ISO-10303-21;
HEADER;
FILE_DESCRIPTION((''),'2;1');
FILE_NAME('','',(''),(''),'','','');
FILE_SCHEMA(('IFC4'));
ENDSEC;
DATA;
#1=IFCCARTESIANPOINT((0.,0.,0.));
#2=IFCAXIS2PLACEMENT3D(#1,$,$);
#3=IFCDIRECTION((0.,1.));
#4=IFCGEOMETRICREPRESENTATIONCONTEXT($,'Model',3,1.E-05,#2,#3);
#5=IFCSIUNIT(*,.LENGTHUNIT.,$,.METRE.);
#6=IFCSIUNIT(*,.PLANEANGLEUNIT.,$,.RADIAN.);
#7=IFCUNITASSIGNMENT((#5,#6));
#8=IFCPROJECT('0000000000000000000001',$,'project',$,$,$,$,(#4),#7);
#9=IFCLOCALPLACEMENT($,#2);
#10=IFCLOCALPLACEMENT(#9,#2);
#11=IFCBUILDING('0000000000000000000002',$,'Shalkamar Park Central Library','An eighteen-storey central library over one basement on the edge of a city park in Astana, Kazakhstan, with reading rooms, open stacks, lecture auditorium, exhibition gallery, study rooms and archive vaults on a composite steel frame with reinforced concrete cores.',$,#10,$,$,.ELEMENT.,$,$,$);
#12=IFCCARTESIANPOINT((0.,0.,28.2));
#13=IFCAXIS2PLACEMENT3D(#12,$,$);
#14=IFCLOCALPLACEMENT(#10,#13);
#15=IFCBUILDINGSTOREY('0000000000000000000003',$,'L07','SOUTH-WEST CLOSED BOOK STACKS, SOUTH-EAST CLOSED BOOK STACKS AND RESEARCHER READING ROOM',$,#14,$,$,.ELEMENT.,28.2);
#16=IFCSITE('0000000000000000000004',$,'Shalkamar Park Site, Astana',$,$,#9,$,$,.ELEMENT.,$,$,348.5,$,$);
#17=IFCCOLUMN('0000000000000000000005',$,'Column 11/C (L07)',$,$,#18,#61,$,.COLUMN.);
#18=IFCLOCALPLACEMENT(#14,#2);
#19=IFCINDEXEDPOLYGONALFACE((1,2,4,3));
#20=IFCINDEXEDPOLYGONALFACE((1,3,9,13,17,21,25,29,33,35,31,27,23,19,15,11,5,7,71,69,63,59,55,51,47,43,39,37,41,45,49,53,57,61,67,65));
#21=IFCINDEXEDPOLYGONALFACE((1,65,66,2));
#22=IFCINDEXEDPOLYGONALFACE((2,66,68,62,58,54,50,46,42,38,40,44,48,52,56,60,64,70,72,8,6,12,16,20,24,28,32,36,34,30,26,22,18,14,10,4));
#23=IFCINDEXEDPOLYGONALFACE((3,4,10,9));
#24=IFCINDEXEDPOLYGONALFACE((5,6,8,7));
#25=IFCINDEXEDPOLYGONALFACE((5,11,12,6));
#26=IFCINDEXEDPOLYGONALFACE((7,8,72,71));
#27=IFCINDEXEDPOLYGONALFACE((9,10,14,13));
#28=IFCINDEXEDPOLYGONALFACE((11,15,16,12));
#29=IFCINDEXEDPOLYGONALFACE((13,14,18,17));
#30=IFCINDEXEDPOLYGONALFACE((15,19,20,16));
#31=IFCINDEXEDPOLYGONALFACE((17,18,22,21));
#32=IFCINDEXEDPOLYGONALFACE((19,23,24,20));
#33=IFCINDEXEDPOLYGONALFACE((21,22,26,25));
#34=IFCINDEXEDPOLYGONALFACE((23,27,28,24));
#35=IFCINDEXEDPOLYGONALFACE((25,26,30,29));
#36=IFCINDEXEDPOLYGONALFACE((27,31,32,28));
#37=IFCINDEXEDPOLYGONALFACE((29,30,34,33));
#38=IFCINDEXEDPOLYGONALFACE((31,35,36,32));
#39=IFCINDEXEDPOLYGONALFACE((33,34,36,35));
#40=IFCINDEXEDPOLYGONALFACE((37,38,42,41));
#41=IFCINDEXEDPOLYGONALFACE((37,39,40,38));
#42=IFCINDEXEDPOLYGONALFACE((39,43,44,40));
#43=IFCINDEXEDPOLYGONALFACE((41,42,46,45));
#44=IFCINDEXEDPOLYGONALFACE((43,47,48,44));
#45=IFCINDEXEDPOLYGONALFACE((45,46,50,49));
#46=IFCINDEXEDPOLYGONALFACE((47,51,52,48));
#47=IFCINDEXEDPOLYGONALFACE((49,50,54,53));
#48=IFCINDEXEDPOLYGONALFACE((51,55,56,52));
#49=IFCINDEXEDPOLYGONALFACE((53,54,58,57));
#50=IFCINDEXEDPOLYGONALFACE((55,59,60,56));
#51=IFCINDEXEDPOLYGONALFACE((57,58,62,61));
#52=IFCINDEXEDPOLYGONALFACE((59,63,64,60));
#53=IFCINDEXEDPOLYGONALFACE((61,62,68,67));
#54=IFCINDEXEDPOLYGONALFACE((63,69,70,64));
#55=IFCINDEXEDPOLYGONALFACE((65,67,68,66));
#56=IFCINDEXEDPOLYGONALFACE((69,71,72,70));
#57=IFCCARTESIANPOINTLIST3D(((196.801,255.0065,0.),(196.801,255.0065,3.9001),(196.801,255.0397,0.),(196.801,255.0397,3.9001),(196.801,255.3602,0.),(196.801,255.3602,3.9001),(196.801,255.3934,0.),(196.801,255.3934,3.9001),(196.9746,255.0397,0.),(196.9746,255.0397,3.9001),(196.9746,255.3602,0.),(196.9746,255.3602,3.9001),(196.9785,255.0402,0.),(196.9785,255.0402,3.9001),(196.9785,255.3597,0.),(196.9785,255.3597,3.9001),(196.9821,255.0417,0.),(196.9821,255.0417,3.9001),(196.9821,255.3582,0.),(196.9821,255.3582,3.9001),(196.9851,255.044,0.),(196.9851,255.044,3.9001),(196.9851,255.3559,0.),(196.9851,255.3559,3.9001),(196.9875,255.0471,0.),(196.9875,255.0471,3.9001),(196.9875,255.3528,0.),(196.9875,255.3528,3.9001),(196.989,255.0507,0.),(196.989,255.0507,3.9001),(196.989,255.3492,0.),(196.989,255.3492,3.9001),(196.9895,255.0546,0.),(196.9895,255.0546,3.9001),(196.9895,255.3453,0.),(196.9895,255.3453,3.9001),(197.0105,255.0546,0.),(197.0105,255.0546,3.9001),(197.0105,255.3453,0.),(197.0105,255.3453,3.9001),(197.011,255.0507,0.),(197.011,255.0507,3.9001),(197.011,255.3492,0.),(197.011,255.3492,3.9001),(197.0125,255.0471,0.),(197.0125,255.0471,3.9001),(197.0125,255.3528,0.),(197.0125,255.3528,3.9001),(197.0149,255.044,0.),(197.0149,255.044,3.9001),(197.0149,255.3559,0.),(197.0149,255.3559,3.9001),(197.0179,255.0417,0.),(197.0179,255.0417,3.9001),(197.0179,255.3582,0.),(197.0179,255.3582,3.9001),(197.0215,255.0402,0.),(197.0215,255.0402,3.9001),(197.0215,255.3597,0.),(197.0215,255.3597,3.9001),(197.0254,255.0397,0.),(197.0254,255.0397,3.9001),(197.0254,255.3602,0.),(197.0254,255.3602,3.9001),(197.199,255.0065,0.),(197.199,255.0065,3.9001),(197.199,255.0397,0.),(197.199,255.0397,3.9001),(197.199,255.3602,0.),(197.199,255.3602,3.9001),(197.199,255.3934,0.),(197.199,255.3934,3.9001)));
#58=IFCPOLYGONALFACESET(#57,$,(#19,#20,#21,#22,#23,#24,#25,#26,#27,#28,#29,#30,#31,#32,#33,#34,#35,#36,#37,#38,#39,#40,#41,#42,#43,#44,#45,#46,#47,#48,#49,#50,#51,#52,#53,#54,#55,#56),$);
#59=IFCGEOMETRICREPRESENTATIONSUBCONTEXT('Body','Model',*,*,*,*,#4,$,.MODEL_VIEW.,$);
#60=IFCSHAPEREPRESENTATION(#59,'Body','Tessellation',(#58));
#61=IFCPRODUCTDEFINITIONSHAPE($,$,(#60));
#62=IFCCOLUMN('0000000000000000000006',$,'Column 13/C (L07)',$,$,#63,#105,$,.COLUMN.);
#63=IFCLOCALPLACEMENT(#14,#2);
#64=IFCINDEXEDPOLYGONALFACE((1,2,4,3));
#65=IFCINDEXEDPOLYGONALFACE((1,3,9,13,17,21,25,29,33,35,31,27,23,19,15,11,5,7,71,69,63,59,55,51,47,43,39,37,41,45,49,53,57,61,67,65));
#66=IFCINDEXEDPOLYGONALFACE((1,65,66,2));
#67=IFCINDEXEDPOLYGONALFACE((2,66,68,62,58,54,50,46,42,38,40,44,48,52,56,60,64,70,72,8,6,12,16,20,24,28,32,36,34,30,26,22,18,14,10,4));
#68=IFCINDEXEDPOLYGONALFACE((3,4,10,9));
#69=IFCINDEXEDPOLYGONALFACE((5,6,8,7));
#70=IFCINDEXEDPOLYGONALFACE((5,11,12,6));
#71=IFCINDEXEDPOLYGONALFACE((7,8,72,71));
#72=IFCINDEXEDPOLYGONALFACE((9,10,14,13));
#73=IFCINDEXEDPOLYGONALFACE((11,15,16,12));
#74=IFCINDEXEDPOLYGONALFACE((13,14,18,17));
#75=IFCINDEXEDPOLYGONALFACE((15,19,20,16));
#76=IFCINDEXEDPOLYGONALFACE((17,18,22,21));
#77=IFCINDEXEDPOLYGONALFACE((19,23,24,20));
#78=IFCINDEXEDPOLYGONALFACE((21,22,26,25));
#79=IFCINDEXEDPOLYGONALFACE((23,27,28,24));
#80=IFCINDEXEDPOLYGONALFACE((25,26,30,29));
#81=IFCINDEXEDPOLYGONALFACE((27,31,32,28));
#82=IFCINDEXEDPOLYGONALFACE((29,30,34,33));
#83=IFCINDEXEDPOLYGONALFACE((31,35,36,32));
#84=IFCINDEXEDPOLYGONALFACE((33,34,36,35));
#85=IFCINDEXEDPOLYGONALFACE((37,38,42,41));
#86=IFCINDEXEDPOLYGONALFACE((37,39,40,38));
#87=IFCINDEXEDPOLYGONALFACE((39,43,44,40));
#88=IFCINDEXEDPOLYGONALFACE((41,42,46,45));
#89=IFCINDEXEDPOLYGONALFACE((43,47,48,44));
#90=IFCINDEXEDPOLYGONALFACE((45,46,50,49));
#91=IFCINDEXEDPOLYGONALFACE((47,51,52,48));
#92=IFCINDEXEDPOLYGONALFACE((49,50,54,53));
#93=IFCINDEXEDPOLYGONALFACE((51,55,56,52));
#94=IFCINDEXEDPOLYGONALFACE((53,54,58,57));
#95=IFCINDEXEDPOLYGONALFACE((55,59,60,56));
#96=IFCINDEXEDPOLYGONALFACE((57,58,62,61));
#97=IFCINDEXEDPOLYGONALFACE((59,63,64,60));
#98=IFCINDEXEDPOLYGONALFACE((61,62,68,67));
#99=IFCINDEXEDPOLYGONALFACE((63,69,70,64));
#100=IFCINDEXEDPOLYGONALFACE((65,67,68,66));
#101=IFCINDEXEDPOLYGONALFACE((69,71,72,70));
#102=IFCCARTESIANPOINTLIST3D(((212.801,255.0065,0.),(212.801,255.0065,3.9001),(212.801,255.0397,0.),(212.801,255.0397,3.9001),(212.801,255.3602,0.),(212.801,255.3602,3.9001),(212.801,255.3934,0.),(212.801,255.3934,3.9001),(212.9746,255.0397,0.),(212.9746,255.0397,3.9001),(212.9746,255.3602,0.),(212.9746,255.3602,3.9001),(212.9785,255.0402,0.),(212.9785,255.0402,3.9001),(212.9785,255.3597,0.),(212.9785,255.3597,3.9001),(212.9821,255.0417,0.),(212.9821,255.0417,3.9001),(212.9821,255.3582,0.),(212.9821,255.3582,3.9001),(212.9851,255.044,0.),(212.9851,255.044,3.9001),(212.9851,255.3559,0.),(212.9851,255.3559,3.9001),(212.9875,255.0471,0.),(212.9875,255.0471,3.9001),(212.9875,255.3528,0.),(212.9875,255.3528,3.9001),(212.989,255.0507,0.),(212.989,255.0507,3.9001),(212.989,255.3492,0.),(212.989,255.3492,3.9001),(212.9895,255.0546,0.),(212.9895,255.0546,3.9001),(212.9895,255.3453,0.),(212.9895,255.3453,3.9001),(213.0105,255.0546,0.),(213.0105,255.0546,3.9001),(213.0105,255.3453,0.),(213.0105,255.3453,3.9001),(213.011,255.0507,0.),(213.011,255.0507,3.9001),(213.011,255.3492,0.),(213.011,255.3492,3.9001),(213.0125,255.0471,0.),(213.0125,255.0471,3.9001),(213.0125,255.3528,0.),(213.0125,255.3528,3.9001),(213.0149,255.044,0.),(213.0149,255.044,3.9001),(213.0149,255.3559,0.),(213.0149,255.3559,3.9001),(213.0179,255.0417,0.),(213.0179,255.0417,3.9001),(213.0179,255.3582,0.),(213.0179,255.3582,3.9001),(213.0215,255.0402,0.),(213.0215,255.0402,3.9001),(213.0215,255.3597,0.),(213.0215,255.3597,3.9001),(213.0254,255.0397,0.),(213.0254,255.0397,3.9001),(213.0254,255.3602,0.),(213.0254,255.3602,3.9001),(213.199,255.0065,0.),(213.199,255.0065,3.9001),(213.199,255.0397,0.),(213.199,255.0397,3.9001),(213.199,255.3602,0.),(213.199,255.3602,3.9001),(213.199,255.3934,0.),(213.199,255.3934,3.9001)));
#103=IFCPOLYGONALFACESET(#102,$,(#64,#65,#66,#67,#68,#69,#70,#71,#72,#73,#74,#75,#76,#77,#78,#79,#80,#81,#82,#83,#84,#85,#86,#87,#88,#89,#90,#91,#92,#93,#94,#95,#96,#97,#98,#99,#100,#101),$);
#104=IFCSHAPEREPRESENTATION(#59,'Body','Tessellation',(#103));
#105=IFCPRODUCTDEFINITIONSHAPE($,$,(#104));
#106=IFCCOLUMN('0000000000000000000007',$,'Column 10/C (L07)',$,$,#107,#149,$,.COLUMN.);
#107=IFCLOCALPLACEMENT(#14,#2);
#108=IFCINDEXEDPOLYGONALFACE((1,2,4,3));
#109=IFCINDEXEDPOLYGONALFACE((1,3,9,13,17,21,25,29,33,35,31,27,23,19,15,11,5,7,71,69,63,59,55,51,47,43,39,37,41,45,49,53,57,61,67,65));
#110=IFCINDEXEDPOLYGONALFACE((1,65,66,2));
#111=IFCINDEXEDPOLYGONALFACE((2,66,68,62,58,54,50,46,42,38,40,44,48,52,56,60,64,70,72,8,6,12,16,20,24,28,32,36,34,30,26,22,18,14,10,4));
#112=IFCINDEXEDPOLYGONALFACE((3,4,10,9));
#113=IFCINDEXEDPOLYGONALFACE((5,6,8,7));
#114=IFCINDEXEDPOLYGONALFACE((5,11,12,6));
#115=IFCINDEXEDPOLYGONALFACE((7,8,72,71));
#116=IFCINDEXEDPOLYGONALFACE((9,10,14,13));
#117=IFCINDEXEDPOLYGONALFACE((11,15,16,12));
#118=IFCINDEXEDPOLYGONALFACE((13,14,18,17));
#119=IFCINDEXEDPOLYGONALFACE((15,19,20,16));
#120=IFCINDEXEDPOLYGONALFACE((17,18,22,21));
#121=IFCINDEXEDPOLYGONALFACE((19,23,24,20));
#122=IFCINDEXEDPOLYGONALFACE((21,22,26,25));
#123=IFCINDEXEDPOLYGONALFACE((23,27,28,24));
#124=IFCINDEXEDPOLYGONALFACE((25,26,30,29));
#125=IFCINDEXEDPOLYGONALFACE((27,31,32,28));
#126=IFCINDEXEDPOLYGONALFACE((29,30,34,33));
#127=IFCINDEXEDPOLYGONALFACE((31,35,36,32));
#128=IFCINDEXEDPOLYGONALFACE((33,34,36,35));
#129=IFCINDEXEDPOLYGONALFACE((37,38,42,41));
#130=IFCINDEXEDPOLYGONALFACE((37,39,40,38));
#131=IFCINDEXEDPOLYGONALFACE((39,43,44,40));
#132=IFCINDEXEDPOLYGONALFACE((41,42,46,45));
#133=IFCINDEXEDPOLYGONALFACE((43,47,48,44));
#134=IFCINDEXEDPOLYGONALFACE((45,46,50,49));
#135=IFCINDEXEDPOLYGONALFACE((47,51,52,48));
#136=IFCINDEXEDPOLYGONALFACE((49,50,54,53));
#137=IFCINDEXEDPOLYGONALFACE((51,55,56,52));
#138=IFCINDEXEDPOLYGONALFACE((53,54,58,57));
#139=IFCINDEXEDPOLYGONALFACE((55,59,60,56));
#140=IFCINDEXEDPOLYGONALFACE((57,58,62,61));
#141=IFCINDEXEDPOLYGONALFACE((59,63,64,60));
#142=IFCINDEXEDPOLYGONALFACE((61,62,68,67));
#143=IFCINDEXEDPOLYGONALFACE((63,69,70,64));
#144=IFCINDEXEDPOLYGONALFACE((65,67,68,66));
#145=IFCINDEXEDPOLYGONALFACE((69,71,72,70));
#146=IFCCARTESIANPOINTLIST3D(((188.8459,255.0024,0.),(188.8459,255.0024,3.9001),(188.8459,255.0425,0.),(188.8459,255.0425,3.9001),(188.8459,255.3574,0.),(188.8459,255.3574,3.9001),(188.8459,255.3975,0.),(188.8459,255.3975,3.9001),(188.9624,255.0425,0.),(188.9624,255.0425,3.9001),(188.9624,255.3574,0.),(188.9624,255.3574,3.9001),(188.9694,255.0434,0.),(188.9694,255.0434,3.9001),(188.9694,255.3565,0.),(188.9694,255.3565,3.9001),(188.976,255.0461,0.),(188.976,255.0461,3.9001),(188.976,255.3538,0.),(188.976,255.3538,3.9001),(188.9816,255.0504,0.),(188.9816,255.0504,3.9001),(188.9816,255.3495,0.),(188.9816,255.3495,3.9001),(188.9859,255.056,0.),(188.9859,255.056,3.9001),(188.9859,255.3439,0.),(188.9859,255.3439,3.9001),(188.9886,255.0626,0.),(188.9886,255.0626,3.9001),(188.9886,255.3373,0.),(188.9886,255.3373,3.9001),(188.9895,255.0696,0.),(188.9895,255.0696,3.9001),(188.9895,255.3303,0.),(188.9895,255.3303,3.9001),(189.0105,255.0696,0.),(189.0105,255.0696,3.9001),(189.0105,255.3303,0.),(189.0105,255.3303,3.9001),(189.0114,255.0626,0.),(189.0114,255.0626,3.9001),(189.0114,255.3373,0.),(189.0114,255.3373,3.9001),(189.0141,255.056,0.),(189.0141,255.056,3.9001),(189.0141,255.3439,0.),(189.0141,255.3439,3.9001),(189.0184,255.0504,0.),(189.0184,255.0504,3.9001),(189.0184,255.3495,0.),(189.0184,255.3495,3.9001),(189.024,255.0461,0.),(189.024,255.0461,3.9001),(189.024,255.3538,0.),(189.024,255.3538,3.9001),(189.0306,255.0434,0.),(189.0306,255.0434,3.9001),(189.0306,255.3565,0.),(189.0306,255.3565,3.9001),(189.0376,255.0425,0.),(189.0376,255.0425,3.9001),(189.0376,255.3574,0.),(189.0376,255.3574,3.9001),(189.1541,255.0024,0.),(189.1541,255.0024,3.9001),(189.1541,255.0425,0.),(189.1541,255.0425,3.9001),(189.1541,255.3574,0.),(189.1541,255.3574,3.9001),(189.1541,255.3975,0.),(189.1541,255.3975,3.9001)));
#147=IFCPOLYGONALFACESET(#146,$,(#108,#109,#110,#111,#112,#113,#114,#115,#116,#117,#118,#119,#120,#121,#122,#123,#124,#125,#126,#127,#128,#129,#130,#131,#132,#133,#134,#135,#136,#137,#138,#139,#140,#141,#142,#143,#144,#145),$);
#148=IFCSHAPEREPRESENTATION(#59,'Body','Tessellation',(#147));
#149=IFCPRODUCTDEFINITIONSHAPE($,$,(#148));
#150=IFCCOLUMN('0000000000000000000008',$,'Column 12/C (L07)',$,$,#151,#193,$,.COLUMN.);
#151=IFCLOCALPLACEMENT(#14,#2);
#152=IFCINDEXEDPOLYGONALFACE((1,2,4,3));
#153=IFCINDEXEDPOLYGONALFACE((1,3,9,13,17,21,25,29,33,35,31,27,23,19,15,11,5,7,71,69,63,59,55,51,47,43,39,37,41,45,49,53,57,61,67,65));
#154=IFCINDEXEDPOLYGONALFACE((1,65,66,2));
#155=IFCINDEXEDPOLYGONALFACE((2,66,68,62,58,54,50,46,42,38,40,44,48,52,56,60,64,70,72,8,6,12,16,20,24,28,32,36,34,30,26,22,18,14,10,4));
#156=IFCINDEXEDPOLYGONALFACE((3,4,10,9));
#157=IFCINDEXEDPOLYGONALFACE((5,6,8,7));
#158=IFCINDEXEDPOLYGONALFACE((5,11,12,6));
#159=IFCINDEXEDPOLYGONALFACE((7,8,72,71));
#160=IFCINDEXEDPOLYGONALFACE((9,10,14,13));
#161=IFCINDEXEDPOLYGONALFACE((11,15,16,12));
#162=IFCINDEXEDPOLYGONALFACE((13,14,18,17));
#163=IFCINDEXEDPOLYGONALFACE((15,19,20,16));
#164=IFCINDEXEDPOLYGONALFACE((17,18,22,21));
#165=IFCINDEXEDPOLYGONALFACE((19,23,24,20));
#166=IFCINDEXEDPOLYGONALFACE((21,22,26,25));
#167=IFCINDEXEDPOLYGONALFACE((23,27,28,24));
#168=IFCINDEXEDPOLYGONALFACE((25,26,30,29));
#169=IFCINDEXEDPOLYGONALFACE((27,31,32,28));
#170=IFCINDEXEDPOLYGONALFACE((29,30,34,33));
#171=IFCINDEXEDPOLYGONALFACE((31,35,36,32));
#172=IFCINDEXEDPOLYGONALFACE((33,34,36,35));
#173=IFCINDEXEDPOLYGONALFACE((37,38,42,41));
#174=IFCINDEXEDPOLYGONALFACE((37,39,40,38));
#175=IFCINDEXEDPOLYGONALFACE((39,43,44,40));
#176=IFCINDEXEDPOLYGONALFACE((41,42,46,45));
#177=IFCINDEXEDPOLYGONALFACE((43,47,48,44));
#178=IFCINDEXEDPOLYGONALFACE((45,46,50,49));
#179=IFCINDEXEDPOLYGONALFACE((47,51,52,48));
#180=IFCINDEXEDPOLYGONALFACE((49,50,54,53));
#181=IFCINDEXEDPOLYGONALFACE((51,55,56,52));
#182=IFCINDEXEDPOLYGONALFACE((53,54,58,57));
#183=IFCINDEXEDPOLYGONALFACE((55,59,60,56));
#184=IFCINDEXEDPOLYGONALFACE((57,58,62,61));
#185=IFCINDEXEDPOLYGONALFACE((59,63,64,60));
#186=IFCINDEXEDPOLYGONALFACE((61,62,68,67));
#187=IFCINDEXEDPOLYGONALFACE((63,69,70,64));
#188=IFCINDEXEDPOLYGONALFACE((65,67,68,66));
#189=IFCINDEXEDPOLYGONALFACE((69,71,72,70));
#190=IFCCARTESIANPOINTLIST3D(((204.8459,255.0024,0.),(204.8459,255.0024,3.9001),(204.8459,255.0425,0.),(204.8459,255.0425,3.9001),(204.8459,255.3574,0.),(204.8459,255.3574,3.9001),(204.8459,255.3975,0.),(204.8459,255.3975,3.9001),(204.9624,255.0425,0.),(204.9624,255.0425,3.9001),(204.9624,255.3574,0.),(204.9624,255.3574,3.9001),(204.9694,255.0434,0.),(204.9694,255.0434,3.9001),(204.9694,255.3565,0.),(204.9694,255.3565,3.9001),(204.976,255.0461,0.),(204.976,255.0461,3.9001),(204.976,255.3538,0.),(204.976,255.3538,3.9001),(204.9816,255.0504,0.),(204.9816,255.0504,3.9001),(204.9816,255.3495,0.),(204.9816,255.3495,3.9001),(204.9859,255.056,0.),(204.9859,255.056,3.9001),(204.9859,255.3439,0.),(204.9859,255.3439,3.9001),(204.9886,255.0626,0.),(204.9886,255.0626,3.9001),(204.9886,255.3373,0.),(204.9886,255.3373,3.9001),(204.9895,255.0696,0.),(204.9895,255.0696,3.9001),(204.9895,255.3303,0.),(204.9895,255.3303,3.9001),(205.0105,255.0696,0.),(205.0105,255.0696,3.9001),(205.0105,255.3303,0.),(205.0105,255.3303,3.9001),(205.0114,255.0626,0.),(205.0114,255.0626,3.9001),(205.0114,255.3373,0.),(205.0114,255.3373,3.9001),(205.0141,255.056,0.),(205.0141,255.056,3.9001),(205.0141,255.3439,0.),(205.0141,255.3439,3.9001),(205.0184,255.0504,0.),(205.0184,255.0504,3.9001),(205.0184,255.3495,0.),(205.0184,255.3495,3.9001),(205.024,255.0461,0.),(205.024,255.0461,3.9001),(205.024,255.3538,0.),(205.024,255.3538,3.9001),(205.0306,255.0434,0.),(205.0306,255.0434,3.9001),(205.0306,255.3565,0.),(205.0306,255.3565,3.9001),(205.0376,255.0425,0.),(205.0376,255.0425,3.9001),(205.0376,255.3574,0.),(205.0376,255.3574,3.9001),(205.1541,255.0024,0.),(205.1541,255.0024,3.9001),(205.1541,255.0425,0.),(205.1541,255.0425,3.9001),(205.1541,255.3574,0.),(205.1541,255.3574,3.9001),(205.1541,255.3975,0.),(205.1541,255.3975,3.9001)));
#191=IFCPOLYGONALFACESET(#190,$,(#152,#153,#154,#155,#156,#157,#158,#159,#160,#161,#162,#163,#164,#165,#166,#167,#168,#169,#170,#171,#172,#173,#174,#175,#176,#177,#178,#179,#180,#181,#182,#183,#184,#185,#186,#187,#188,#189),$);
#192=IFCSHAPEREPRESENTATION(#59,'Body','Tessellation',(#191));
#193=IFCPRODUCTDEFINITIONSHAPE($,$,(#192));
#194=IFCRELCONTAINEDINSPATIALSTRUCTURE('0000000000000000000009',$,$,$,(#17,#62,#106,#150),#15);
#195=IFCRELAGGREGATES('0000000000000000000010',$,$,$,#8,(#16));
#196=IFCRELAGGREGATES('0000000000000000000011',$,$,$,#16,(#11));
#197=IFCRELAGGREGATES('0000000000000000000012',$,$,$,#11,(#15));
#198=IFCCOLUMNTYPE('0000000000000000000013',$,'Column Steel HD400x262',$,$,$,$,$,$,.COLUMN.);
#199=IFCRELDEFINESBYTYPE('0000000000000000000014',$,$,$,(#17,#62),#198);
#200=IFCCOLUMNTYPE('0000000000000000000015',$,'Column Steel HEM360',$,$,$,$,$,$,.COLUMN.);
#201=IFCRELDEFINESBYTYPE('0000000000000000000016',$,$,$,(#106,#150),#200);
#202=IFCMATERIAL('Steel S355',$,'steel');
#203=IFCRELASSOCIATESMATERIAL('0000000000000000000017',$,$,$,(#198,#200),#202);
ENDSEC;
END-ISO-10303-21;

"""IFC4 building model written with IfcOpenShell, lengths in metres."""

from ifc_helpers import new_model, si_unit, direction, frame, origin, origin_2d, place, context, subcontext, project, spatial, i_section, extrude, material, material_profile, profile_set, type_object, element, save


model = new_model("IFC4")

# Units and contexts
model_context = context("Model", 3, precision=1e-05, world=origin(), true_north=direction((0.0, 1.0)))
body_context = subcontext(model_context, "Body", "Model", "MODEL_VIEW")
ifc_project = project(units=[si_unit("LENGTHUNIT", "METRE"), si_unit("PLANEANGLEUNIT", "RADIAN")], contexts=[model_context])

# Site, building, storey
site_placement = place(None, origin())
site = spatial("IfcSite", under=ifc_project, at=site_placement, Name="Shalkamar Park Site, Astana", CompositionType="ELEMENT", RefElevation=348.5)
building_placement = place(site_placement, origin())
building = spatial("IfcBuilding", under=site, at=building_placement, Name="Shalkamar Park Central Library", Description="An eighteen-storey central library over one basement on the edge of a city park in Astana, Kazakhstan, with reading rooms, open stacks, lecture auditorium, exhibition gallery, study rooms and archive vaults on a composite steel frame with reinforced concrete cores.", CompositionType="ELEMENT")
storey_placement = place(building_placement, frame((0.0, 0.0, 28.2)))
storey = spatial("IfcBuildingStorey", under=building, at=storey_placement, Name="L07", Description="SOUTH-WEST CLOSED BOOK STACKS, SOUTH-EAST CLOSED BOOK STACKS AND RESEARCHER READING ROOM", CompositionType="ELEMENT", Elevation=28.2)

# Columns
ifc_material_1 = material(Name="Steel S355", Category="steel")
ifc_material_profile_1 = material_profile(ifc_material_1, i_section(OverallWidth=0.3979, OverallDepth=0.387, WebThickness=0.021, FlangeThickness=0.0332, FilletRadius=0.0149, at=origin_2d()), Name="HD 400x262")
ifc_profile_set_1 = profile_set([ifc_material_profile_1], Name="Steel S355")
column_type_1 = type_object("IfcColumnType", Name="Column Steel HD400x262", PredefinedType="COLUMN", material=ifc_profile_set_1)
for number, where, z_axis, x_axis, name in (
    (1, (197.0, 255.2, 0.0), (0.0, 0.0, 1.0), (1.0, 0.0, 0.0), "Column 11/C (L07)"),
    (2, (213.0, 255.2, 0.0), (0.0, 0.0, 1.0), (1.0, 0.0, 0.0), "Column 13/C (L07)"),
):
    element("IfcColumn", number, at=place(storey_placement, frame(where, z_axis=z_axis, x_axis=x_axis)), inside=storey, type_object=column_type_1, Name=name, PredefinedType="COLUMN", context=body_context, shape_type="SweptSolid", body=[
        extrude(i_section(OverallWidth=0.3979, OverallDepth=0.387, WebThickness=0.021, FlangeThickness=0.0332, FilletRadius=0.0149, at=origin_2d()), origin(), (0.0, 0.0, 1.0), 3.9001),
    ])
ifc_material_profile_2 = material_profile(ifc_material_1, i_section(OverallWidth=0.3081, OverallDepth=0.395, WebThickness=0.021, FlangeThickness=0.04, FilletRadius=0.0271, at=origin_2d()), Name="HEM 360")
ifc_profile_set_2 = profile_set([ifc_material_profile_2], Name="Steel S355")
column_type_2 = type_object("IfcColumnType", Name="Column Steel HEM360", PredefinedType="COLUMN", material=ifc_profile_set_2)
for number, where, z_axis, x_axis, name in (
    (3, (189.0, 255.2, 0.0), (0.0, 0.0, 1.0), (1.0, 0.0, 0.0), "Column 10/C (L07)"),
    (4, (205.0, 255.2, 0.0), (0.0, 0.0, 1.0), (1.0, 0.0, 0.0), "Column 12/C (L07)"),
):
    element("IfcColumn", number, at=place(storey_placement, frame(where, z_axis=z_axis, x_axis=x_axis)), inside=storey, type_object=column_type_2, Name=name, PredefinedType="COLUMN", context=body_context, shape_type="SweptSolid", body=[
        extrude(i_section(OverallWidth=0.3081, OverallDepth=0.395, WebThickness=0.021, FlangeThickness=0.04, FilletRadius=0.0271, at=origin_2d()), origin(), (0.0, 0.0, 1.0), 3.9001),
    ])

save(model, "model.ifc")
